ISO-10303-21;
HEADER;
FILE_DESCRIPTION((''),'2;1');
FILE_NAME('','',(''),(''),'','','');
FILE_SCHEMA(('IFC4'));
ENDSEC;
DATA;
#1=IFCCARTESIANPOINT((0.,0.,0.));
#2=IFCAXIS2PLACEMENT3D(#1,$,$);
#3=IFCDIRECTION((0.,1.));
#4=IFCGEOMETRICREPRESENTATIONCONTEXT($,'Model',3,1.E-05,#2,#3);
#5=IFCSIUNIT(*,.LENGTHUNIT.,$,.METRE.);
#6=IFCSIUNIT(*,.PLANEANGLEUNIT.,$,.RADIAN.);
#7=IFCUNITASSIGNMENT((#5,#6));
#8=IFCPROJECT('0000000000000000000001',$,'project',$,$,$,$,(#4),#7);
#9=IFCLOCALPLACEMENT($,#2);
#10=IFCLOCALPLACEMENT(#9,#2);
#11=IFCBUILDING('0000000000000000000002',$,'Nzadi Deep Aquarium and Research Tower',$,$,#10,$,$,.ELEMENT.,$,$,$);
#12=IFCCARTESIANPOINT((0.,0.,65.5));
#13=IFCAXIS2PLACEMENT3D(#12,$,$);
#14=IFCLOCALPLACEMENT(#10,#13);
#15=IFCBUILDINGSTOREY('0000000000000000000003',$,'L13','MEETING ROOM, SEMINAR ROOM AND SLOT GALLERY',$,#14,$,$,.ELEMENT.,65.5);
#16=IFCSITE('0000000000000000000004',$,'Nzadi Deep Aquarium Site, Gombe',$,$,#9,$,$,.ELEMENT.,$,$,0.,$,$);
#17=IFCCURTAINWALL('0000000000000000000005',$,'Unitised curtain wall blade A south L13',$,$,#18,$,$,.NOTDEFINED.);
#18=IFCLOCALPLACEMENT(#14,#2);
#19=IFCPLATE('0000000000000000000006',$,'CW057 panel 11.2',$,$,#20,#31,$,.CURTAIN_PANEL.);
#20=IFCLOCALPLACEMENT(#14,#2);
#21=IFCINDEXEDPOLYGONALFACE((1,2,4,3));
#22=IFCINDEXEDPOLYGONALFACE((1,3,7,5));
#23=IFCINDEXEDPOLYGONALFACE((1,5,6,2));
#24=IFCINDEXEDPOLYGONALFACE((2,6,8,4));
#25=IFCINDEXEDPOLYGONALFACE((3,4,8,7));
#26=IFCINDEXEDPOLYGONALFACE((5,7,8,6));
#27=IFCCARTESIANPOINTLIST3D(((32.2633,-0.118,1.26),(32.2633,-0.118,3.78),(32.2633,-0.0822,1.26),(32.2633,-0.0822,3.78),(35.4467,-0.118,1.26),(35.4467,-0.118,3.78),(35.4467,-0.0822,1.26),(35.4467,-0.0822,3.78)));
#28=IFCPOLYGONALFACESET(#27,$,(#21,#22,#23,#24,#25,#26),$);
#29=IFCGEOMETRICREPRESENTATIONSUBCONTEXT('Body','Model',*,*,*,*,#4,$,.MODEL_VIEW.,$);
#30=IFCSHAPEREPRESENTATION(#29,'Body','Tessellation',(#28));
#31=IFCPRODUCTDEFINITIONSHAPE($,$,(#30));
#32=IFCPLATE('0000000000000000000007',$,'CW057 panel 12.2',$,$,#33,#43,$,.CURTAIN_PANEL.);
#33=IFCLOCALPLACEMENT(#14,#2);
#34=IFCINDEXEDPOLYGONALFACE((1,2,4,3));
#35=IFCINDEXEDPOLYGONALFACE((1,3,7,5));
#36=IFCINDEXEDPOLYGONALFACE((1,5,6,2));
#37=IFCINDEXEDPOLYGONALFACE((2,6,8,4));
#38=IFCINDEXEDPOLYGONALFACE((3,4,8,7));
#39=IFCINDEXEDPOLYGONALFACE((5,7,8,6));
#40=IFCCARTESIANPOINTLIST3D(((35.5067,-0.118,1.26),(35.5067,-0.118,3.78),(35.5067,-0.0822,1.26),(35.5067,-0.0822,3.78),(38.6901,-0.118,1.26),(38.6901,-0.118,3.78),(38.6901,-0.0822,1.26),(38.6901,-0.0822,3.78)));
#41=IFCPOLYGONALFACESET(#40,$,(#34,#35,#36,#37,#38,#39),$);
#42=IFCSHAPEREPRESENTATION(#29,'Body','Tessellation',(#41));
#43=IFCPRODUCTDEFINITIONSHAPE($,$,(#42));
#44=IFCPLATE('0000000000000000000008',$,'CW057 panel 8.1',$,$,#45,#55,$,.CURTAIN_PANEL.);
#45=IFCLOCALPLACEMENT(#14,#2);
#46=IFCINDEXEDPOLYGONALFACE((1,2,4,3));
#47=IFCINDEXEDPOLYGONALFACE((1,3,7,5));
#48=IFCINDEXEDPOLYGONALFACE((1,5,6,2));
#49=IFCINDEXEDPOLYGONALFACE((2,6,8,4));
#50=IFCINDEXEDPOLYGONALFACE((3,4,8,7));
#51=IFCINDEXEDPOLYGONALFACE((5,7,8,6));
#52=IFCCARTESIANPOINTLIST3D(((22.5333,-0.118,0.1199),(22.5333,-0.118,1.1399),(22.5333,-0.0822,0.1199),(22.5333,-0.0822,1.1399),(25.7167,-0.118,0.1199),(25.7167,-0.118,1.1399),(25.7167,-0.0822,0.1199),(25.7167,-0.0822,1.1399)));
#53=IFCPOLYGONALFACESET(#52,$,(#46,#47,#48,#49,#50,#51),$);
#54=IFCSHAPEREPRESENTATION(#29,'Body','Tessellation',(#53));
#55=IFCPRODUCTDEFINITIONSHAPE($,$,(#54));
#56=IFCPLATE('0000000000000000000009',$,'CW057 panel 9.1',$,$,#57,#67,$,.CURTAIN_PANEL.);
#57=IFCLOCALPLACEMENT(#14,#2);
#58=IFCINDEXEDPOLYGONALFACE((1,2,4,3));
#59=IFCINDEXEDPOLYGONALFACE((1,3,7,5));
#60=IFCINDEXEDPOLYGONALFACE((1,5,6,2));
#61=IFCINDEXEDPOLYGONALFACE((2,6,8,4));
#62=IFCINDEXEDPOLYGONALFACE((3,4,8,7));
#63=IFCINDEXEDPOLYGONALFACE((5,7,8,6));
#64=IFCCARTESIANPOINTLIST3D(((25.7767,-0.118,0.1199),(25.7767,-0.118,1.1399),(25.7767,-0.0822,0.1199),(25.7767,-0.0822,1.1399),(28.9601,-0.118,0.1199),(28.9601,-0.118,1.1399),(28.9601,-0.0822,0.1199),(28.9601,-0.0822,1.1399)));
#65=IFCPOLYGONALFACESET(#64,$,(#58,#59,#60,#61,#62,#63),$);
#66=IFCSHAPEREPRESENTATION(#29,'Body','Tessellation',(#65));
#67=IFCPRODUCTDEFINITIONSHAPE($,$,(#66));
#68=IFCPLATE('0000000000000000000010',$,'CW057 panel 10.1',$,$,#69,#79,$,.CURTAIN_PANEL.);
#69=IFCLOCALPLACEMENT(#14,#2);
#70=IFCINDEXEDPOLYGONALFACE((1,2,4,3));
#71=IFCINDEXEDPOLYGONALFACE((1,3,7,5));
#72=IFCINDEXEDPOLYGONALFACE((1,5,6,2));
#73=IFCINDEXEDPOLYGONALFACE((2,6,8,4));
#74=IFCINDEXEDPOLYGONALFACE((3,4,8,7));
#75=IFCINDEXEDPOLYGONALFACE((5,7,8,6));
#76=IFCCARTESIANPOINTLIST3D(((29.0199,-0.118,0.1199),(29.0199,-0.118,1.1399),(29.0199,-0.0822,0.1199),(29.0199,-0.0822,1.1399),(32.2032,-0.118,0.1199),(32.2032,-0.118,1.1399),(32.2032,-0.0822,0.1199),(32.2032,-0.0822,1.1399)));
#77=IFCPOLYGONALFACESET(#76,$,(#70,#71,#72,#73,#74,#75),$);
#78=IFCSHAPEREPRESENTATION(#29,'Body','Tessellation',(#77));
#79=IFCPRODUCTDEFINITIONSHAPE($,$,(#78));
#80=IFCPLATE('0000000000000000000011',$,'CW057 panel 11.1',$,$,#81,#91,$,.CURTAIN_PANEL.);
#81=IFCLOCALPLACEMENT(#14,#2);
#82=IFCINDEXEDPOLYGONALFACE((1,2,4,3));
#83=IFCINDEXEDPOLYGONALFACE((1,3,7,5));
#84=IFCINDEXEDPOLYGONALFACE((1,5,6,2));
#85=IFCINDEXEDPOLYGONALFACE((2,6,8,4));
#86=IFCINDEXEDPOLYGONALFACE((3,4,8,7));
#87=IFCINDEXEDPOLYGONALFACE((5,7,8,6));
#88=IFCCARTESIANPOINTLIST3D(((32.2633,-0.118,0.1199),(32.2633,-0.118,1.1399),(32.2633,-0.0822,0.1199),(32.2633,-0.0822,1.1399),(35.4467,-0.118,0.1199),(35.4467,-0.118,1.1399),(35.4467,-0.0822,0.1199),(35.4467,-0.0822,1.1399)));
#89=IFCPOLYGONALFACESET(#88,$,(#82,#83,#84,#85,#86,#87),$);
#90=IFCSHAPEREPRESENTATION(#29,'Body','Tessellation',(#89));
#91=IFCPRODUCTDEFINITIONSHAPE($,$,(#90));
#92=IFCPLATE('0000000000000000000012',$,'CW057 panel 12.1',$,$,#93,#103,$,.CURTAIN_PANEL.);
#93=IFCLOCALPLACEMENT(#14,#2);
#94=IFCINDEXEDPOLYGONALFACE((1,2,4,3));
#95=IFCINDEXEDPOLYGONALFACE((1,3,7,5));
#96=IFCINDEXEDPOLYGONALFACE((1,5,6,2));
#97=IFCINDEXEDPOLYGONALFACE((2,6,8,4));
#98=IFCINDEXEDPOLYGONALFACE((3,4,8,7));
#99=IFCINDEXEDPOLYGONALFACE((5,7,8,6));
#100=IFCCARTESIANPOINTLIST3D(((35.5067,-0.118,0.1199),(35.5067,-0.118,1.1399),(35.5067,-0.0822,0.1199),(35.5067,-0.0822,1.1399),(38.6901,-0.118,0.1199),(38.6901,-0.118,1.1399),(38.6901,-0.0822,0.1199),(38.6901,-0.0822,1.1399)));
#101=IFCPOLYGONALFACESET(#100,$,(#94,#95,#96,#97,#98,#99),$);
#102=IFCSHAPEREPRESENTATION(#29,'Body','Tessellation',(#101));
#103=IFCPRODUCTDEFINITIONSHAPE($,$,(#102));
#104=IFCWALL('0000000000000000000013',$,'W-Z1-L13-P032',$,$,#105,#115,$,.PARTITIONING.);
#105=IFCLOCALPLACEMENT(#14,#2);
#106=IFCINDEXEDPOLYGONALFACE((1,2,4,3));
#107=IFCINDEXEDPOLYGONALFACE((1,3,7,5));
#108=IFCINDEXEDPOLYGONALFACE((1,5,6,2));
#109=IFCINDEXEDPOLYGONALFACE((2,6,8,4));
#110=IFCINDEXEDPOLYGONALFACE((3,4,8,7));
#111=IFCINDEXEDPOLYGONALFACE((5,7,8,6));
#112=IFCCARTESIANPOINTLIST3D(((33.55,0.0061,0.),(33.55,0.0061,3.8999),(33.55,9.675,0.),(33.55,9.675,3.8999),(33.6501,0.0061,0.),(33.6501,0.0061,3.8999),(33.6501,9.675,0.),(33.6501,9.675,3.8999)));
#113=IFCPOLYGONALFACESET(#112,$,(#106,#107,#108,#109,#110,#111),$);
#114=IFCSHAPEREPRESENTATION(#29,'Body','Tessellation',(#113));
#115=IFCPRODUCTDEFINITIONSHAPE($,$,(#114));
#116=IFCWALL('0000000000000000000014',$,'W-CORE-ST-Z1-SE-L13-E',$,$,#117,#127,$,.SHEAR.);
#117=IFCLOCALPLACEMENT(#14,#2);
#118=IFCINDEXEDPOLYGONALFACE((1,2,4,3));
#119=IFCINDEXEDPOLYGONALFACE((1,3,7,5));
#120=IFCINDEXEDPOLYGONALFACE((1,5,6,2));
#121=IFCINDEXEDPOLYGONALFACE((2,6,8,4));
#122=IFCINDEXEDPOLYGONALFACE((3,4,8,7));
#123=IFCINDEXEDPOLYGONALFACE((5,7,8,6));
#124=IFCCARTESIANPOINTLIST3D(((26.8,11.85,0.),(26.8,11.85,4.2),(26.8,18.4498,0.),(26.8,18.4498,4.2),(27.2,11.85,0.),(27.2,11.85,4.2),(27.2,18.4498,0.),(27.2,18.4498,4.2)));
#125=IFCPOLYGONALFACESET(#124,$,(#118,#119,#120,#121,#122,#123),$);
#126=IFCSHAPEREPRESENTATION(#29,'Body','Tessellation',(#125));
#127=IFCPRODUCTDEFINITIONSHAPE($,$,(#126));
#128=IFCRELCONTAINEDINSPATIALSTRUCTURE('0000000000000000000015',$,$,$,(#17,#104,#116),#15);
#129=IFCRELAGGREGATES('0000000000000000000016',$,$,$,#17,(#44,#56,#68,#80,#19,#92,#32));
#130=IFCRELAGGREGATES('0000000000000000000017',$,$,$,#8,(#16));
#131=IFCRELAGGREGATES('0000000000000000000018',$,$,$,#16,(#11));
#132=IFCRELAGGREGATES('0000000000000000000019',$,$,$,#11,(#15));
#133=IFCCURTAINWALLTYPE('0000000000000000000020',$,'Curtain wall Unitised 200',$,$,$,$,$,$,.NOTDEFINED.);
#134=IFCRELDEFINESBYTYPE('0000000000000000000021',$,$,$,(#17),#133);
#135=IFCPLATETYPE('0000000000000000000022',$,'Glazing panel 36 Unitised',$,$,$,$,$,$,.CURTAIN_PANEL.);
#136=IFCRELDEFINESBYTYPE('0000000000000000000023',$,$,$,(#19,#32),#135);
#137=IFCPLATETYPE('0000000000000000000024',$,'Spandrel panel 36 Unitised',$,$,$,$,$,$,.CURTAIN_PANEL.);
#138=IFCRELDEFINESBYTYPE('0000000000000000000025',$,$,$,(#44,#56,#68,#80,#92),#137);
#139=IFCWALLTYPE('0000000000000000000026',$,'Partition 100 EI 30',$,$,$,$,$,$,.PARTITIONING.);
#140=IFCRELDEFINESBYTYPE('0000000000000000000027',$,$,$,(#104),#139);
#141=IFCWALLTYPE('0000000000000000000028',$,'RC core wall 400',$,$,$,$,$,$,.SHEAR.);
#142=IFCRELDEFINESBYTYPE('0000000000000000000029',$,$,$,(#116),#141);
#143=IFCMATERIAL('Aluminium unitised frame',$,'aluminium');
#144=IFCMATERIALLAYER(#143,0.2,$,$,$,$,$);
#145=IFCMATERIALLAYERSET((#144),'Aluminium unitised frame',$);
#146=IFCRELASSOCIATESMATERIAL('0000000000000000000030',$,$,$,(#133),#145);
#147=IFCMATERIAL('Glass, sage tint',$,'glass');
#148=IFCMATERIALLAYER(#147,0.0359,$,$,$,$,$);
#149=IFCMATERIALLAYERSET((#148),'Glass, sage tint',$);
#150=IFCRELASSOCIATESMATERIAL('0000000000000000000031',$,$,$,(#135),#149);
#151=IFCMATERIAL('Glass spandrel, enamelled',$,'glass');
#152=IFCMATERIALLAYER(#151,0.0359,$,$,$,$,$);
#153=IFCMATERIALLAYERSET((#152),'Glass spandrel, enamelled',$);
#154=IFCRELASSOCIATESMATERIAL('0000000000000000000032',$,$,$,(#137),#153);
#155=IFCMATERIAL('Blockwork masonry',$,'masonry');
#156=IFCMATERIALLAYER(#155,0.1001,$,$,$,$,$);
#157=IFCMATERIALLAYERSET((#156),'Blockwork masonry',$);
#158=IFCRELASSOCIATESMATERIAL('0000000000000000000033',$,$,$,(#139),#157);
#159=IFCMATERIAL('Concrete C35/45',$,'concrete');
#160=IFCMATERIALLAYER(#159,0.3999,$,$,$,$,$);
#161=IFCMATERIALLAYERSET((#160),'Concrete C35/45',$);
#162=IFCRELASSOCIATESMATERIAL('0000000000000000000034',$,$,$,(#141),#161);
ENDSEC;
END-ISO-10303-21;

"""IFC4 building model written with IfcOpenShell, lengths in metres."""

from ifc_helpers import new_model, si_unit, direction, frame, frame_2d, origin, origin_2d, place, context, subcontext, project, spatial, rectangle, extrude, material, layer, layer_set, type_object, element, aggregate, save


model = new_model("IFC4")

# Units and contexts
model_context = context("Model", 3, precision=1e-05, world=origin(), true_north=direction((0.0, 1.0)))
body_context = subcontext(model_context, "Body", "Model", "MODEL_VIEW")
ifc_project = project(units=[si_unit("LENGTHUNIT", "METRE"), si_unit("PLANEANGLEUNIT", "RADIAN")], contexts=[model_context])

# Site, building, storey
site_placement = place(None, origin())
site = spatial("IfcSite", under=ifc_project, at=site_placement, Name="Nzadi Deep Aquarium Site, Gombe", CompositionType="ELEMENT", RefElevation=0.0)
building_placement = place(site_placement, origin())
building = spatial("IfcBuilding", under=site, at=building_placement, Name="Nzadi Deep Aquarium and Research Tower", CompositionType="ELEMENT")
storey_placement = place(building_placement, frame((0.0, 0.0, 65.5)))
storey = spatial("IfcBuildingStorey", under=building, at=storey_placement, Name="L13", Description="MEETING ROOM, SEMINAR ROOM AND SLOT GALLERY", CompositionType="ELEMENT", Elevation=65.5)

# Curtain wall
ifc_material_1 = material(Name="Aluminium unitised frame", Category="aluminium")
ifc_layer_1 = layer(ifc_material_1, 0.2)
ifc_layer_set_1 = layer_set([ifc_layer_1], Name="Aluminium unitised frame")
curtain_wall_type = type_object("IfcCurtainWallType", Name="Curtain wall Unitised 200", PredefinedType="NOTDEFINED", material=ifc_layer_set_1)
curtain_wall_placement = place(storey_placement, origin())
curtain_wall = element("IfcCurtainWall", 1, at=curtain_wall_placement, inside=storey, type_object=curtain_wall_type, Name="Unitised curtain wall blade A south L13", PredefinedType="NOTDEFINED")

# Plates
ifc_material_2 = material(Name="Glass, sage tint", Category="glass")
ifc_layer_2 = layer(ifc_material_2, 0.0359)
ifc_layer_set_2 = layer_set([ifc_layer_2], Name="Glass, sage tint")
plate_type_1 = type_object("IfcPlateType", Name="Glazing panel 36 Unitised", PredefinedType="CURTAIN_PANEL", material=ifc_layer_set_2)
plate_1_placement = place(storey_placement, frame((33.855, -0.1001, 1.26), z_axis=(0.0, 0.0, 1.0), x_axis=(1.0, 0.0, 0.0)))
plate_1 = element("IfcPlate", 2, at=plate_1_placement, type_object=plate_type_1, Name="CW057 panel 11.2", PredefinedType="CURTAIN_PANEL", context=body_context, shape_type="SweptSolid", body=[
    extrude(rectangle(XDim=3.1833, YDim=0.0359, at=origin_2d()), origin(), (0.0, 0.0, 1.0), 2.52),
])
plate_2_placement = place(storey_placement, frame((37.0984, -0.1001, 1.26), z_axis=(0.0, 0.0, 1.0), x_axis=(1.0, 0.0, 0.0)))
plate_2 = element("IfcPlate", 3, at=plate_2_placement, type_object=plate_type_1, Name="CW057 panel 12.2", PredefinedType="CURTAIN_PANEL", context=body_context, shape_type="SweptSolid", body=[
    extrude(rectangle(XDim=3.1833, YDim=0.0359, at=origin_2d()), origin(), (0.0, 0.0, 1.0), 2.52),
])
ifc_material_3 = material(Name="Glass spandrel, enamelled", Category="glass")
ifc_layer_3 = layer(ifc_material_3, 0.0359)
ifc_layer_set_3 = layer_set([ifc_layer_3], Name="Glass spandrel, enamelled")
plate_type_2 = type_object("IfcPlateType", Name="Spandrel panel 36 Unitised", PredefinedType="CURTAIN_PANEL", material=ifc_layer_set_3)
plate_3_placement = place(storey_placement, frame((24.125, -0.1001, 0.1199), z_axis=(0.0, 0.0, 1.0), x_axis=(1.0, 0.0, 0.0)))
plate_3 = element("IfcPlate", 4, at=plate_3_placement, type_object=plate_type_2, Name="CW057 panel 8.1", PredefinedType="CURTAIN_PANEL", context=body_context, shape_type="SweptSolid", body=[
    extrude(rectangle(XDim=3.1833, YDim=0.0359, at=origin_2d()), origin(), (0.0, 0.0, 1.0), 1.02),
])
plate_4_placement = place(storey_placement, frame((27.3684, -0.1001, 0.1199), z_axis=(0.0, 0.0, 1.0), x_axis=(1.0, 0.0, 0.0)))
plate_4 = element("IfcPlate", 5, at=plate_4_placement, type_object=plate_type_2, Name="CW057 panel 9.1", PredefinedType="CURTAIN_PANEL", context=body_context, shape_type="SweptSolid", body=[
    extrude(rectangle(XDim=3.1833, YDim=0.0359, at=origin_2d()), origin(), (0.0, 0.0, 1.0), 1.02),
])
plate_5_placement = place(storey_placement, frame((30.6116, -0.1001, 0.1199), z_axis=(0.0, 0.0, 1.0), x_axis=(1.0, 0.0, 0.0)))
plate_5 = element("IfcPlate", 6, at=plate_5_placement, type_object=plate_type_2, Name="CW057 panel 10.1", PredefinedType="CURTAIN_PANEL", context=body_context, shape_type="SweptSolid", body=[
    extrude(rectangle(XDim=3.1833, YDim=0.0359, at=origin_2d()), origin(), (0.0, 0.0, 1.0), 1.02),
])
plate_6_placement = place(storey_placement, frame((33.855, -0.1001, 0.1199), z_axis=(0.0, 0.0, 1.0), x_axis=(1.0, 0.0, 0.0)))
plate_6 = element("IfcPlate", 7, at=plate_6_placement, type_object=plate_type_2, Name="CW057 panel 11.1", PredefinedType="CURTAIN_PANEL", context=body_context, shape_type="SweptSolid", body=[
    extrude(rectangle(XDim=3.1833, YDim=0.0359, at=origin_2d()), origin(), (0.0, 0.0, 1.0), 1.02),
])
plate_7_placement = place(storey_placement, frame((37.0984, -0.1001, 0.1199), z_axis=(0.0, 0.0, 1.0), x_axis=(1.0, 0.0, 0.0)))
plate_7 = element("IfcPlate", 8, at=plate_7_placement, type_object=plate_type_2, Name="CW057 panel 12.1", PredefinedType="CURTAIN_PANEL", context=body_context, shape_type="SweptSolid", body=[
    extrude(rectangle(XDim=3.1833, YDim=0.0359, at=origin_2d()), origin(), (0.0, 0.0, 1.0), 1.02),
])
aggregate(curtain_wall, [plate_3, plate_4, plate_5, plate_6, plate_1, plate_7, plate_2])

# Walls
ifc_material_4 = material(Name="Blockwork masonry", Category="masonry")
ifc_layer_4 = layer(ifc_material_4, 0.1001)
ifc_layer_set_4 = layer_set([ifc_layer_4], Name="Blockwork masonry")
wall_type_1 = type_object("IfcWallType", Name="Partition 100 EI 30", PredefinedType="PARTITIONING", material=ifc_layer_set_4)
wall_1_placement = place(storey_placement, frame((33.6001, 0.0061, 0.0), z_axis=(0.0, 0.0, 1.0), x_axis=(0.0, 1.0, 0.0)))
element("IfcWall", 9, at=wall_1_placement, inside=storey, type_object=wall_type_1, Name="W-Z1-L13-P032", PredefinedType="PARTITIONING", context=body_context, shape_type="SweptSolid", body=[
    extrude(rectangle(XDim=9.6689, YDim=0.1001, at=frame_2d((4.8345, 0.0))), origin(), (0.0, 0.0, 1.0), 3.8999),
])
ifc_material_5 = material(Name="Concrete C35/45", Category="concrete")
ifc_layer_5 = layer(ifc_material_5, 0.3999)
ifc_layer_set_5 = layer_set([ifc_layer_5], Name="Concrete C35/45")
wall_type_2 = type_object("IfcWallType", Name="RC core wall 400", PredefinedType="SHEAR", material=ifc_layer_set_5)
wall_2_placement = place(storey_placement, frame((27.0, 11.8501, 0.0), z_axis=(0.0, 0.0, 1.0), x_axis=(0.0, 1.0, 0.0)))
element("IfcWall", 10, at=wall_2_placement, inside=storey, type_object=wall_type_2, Name="W-CORE-ST-Z1-SE-L13-E", PredefinedType="SHEAR", context=body_context, shape_type="SweptSolid", body=[
    extrude(rectangle(XDim=6.5999, YDim=0.3999, at=frame_2d((3.2998, 0.0))), origin(), (0.0, 0.0, 1.0), 4.2),
])

save(model, "model.ifc")
